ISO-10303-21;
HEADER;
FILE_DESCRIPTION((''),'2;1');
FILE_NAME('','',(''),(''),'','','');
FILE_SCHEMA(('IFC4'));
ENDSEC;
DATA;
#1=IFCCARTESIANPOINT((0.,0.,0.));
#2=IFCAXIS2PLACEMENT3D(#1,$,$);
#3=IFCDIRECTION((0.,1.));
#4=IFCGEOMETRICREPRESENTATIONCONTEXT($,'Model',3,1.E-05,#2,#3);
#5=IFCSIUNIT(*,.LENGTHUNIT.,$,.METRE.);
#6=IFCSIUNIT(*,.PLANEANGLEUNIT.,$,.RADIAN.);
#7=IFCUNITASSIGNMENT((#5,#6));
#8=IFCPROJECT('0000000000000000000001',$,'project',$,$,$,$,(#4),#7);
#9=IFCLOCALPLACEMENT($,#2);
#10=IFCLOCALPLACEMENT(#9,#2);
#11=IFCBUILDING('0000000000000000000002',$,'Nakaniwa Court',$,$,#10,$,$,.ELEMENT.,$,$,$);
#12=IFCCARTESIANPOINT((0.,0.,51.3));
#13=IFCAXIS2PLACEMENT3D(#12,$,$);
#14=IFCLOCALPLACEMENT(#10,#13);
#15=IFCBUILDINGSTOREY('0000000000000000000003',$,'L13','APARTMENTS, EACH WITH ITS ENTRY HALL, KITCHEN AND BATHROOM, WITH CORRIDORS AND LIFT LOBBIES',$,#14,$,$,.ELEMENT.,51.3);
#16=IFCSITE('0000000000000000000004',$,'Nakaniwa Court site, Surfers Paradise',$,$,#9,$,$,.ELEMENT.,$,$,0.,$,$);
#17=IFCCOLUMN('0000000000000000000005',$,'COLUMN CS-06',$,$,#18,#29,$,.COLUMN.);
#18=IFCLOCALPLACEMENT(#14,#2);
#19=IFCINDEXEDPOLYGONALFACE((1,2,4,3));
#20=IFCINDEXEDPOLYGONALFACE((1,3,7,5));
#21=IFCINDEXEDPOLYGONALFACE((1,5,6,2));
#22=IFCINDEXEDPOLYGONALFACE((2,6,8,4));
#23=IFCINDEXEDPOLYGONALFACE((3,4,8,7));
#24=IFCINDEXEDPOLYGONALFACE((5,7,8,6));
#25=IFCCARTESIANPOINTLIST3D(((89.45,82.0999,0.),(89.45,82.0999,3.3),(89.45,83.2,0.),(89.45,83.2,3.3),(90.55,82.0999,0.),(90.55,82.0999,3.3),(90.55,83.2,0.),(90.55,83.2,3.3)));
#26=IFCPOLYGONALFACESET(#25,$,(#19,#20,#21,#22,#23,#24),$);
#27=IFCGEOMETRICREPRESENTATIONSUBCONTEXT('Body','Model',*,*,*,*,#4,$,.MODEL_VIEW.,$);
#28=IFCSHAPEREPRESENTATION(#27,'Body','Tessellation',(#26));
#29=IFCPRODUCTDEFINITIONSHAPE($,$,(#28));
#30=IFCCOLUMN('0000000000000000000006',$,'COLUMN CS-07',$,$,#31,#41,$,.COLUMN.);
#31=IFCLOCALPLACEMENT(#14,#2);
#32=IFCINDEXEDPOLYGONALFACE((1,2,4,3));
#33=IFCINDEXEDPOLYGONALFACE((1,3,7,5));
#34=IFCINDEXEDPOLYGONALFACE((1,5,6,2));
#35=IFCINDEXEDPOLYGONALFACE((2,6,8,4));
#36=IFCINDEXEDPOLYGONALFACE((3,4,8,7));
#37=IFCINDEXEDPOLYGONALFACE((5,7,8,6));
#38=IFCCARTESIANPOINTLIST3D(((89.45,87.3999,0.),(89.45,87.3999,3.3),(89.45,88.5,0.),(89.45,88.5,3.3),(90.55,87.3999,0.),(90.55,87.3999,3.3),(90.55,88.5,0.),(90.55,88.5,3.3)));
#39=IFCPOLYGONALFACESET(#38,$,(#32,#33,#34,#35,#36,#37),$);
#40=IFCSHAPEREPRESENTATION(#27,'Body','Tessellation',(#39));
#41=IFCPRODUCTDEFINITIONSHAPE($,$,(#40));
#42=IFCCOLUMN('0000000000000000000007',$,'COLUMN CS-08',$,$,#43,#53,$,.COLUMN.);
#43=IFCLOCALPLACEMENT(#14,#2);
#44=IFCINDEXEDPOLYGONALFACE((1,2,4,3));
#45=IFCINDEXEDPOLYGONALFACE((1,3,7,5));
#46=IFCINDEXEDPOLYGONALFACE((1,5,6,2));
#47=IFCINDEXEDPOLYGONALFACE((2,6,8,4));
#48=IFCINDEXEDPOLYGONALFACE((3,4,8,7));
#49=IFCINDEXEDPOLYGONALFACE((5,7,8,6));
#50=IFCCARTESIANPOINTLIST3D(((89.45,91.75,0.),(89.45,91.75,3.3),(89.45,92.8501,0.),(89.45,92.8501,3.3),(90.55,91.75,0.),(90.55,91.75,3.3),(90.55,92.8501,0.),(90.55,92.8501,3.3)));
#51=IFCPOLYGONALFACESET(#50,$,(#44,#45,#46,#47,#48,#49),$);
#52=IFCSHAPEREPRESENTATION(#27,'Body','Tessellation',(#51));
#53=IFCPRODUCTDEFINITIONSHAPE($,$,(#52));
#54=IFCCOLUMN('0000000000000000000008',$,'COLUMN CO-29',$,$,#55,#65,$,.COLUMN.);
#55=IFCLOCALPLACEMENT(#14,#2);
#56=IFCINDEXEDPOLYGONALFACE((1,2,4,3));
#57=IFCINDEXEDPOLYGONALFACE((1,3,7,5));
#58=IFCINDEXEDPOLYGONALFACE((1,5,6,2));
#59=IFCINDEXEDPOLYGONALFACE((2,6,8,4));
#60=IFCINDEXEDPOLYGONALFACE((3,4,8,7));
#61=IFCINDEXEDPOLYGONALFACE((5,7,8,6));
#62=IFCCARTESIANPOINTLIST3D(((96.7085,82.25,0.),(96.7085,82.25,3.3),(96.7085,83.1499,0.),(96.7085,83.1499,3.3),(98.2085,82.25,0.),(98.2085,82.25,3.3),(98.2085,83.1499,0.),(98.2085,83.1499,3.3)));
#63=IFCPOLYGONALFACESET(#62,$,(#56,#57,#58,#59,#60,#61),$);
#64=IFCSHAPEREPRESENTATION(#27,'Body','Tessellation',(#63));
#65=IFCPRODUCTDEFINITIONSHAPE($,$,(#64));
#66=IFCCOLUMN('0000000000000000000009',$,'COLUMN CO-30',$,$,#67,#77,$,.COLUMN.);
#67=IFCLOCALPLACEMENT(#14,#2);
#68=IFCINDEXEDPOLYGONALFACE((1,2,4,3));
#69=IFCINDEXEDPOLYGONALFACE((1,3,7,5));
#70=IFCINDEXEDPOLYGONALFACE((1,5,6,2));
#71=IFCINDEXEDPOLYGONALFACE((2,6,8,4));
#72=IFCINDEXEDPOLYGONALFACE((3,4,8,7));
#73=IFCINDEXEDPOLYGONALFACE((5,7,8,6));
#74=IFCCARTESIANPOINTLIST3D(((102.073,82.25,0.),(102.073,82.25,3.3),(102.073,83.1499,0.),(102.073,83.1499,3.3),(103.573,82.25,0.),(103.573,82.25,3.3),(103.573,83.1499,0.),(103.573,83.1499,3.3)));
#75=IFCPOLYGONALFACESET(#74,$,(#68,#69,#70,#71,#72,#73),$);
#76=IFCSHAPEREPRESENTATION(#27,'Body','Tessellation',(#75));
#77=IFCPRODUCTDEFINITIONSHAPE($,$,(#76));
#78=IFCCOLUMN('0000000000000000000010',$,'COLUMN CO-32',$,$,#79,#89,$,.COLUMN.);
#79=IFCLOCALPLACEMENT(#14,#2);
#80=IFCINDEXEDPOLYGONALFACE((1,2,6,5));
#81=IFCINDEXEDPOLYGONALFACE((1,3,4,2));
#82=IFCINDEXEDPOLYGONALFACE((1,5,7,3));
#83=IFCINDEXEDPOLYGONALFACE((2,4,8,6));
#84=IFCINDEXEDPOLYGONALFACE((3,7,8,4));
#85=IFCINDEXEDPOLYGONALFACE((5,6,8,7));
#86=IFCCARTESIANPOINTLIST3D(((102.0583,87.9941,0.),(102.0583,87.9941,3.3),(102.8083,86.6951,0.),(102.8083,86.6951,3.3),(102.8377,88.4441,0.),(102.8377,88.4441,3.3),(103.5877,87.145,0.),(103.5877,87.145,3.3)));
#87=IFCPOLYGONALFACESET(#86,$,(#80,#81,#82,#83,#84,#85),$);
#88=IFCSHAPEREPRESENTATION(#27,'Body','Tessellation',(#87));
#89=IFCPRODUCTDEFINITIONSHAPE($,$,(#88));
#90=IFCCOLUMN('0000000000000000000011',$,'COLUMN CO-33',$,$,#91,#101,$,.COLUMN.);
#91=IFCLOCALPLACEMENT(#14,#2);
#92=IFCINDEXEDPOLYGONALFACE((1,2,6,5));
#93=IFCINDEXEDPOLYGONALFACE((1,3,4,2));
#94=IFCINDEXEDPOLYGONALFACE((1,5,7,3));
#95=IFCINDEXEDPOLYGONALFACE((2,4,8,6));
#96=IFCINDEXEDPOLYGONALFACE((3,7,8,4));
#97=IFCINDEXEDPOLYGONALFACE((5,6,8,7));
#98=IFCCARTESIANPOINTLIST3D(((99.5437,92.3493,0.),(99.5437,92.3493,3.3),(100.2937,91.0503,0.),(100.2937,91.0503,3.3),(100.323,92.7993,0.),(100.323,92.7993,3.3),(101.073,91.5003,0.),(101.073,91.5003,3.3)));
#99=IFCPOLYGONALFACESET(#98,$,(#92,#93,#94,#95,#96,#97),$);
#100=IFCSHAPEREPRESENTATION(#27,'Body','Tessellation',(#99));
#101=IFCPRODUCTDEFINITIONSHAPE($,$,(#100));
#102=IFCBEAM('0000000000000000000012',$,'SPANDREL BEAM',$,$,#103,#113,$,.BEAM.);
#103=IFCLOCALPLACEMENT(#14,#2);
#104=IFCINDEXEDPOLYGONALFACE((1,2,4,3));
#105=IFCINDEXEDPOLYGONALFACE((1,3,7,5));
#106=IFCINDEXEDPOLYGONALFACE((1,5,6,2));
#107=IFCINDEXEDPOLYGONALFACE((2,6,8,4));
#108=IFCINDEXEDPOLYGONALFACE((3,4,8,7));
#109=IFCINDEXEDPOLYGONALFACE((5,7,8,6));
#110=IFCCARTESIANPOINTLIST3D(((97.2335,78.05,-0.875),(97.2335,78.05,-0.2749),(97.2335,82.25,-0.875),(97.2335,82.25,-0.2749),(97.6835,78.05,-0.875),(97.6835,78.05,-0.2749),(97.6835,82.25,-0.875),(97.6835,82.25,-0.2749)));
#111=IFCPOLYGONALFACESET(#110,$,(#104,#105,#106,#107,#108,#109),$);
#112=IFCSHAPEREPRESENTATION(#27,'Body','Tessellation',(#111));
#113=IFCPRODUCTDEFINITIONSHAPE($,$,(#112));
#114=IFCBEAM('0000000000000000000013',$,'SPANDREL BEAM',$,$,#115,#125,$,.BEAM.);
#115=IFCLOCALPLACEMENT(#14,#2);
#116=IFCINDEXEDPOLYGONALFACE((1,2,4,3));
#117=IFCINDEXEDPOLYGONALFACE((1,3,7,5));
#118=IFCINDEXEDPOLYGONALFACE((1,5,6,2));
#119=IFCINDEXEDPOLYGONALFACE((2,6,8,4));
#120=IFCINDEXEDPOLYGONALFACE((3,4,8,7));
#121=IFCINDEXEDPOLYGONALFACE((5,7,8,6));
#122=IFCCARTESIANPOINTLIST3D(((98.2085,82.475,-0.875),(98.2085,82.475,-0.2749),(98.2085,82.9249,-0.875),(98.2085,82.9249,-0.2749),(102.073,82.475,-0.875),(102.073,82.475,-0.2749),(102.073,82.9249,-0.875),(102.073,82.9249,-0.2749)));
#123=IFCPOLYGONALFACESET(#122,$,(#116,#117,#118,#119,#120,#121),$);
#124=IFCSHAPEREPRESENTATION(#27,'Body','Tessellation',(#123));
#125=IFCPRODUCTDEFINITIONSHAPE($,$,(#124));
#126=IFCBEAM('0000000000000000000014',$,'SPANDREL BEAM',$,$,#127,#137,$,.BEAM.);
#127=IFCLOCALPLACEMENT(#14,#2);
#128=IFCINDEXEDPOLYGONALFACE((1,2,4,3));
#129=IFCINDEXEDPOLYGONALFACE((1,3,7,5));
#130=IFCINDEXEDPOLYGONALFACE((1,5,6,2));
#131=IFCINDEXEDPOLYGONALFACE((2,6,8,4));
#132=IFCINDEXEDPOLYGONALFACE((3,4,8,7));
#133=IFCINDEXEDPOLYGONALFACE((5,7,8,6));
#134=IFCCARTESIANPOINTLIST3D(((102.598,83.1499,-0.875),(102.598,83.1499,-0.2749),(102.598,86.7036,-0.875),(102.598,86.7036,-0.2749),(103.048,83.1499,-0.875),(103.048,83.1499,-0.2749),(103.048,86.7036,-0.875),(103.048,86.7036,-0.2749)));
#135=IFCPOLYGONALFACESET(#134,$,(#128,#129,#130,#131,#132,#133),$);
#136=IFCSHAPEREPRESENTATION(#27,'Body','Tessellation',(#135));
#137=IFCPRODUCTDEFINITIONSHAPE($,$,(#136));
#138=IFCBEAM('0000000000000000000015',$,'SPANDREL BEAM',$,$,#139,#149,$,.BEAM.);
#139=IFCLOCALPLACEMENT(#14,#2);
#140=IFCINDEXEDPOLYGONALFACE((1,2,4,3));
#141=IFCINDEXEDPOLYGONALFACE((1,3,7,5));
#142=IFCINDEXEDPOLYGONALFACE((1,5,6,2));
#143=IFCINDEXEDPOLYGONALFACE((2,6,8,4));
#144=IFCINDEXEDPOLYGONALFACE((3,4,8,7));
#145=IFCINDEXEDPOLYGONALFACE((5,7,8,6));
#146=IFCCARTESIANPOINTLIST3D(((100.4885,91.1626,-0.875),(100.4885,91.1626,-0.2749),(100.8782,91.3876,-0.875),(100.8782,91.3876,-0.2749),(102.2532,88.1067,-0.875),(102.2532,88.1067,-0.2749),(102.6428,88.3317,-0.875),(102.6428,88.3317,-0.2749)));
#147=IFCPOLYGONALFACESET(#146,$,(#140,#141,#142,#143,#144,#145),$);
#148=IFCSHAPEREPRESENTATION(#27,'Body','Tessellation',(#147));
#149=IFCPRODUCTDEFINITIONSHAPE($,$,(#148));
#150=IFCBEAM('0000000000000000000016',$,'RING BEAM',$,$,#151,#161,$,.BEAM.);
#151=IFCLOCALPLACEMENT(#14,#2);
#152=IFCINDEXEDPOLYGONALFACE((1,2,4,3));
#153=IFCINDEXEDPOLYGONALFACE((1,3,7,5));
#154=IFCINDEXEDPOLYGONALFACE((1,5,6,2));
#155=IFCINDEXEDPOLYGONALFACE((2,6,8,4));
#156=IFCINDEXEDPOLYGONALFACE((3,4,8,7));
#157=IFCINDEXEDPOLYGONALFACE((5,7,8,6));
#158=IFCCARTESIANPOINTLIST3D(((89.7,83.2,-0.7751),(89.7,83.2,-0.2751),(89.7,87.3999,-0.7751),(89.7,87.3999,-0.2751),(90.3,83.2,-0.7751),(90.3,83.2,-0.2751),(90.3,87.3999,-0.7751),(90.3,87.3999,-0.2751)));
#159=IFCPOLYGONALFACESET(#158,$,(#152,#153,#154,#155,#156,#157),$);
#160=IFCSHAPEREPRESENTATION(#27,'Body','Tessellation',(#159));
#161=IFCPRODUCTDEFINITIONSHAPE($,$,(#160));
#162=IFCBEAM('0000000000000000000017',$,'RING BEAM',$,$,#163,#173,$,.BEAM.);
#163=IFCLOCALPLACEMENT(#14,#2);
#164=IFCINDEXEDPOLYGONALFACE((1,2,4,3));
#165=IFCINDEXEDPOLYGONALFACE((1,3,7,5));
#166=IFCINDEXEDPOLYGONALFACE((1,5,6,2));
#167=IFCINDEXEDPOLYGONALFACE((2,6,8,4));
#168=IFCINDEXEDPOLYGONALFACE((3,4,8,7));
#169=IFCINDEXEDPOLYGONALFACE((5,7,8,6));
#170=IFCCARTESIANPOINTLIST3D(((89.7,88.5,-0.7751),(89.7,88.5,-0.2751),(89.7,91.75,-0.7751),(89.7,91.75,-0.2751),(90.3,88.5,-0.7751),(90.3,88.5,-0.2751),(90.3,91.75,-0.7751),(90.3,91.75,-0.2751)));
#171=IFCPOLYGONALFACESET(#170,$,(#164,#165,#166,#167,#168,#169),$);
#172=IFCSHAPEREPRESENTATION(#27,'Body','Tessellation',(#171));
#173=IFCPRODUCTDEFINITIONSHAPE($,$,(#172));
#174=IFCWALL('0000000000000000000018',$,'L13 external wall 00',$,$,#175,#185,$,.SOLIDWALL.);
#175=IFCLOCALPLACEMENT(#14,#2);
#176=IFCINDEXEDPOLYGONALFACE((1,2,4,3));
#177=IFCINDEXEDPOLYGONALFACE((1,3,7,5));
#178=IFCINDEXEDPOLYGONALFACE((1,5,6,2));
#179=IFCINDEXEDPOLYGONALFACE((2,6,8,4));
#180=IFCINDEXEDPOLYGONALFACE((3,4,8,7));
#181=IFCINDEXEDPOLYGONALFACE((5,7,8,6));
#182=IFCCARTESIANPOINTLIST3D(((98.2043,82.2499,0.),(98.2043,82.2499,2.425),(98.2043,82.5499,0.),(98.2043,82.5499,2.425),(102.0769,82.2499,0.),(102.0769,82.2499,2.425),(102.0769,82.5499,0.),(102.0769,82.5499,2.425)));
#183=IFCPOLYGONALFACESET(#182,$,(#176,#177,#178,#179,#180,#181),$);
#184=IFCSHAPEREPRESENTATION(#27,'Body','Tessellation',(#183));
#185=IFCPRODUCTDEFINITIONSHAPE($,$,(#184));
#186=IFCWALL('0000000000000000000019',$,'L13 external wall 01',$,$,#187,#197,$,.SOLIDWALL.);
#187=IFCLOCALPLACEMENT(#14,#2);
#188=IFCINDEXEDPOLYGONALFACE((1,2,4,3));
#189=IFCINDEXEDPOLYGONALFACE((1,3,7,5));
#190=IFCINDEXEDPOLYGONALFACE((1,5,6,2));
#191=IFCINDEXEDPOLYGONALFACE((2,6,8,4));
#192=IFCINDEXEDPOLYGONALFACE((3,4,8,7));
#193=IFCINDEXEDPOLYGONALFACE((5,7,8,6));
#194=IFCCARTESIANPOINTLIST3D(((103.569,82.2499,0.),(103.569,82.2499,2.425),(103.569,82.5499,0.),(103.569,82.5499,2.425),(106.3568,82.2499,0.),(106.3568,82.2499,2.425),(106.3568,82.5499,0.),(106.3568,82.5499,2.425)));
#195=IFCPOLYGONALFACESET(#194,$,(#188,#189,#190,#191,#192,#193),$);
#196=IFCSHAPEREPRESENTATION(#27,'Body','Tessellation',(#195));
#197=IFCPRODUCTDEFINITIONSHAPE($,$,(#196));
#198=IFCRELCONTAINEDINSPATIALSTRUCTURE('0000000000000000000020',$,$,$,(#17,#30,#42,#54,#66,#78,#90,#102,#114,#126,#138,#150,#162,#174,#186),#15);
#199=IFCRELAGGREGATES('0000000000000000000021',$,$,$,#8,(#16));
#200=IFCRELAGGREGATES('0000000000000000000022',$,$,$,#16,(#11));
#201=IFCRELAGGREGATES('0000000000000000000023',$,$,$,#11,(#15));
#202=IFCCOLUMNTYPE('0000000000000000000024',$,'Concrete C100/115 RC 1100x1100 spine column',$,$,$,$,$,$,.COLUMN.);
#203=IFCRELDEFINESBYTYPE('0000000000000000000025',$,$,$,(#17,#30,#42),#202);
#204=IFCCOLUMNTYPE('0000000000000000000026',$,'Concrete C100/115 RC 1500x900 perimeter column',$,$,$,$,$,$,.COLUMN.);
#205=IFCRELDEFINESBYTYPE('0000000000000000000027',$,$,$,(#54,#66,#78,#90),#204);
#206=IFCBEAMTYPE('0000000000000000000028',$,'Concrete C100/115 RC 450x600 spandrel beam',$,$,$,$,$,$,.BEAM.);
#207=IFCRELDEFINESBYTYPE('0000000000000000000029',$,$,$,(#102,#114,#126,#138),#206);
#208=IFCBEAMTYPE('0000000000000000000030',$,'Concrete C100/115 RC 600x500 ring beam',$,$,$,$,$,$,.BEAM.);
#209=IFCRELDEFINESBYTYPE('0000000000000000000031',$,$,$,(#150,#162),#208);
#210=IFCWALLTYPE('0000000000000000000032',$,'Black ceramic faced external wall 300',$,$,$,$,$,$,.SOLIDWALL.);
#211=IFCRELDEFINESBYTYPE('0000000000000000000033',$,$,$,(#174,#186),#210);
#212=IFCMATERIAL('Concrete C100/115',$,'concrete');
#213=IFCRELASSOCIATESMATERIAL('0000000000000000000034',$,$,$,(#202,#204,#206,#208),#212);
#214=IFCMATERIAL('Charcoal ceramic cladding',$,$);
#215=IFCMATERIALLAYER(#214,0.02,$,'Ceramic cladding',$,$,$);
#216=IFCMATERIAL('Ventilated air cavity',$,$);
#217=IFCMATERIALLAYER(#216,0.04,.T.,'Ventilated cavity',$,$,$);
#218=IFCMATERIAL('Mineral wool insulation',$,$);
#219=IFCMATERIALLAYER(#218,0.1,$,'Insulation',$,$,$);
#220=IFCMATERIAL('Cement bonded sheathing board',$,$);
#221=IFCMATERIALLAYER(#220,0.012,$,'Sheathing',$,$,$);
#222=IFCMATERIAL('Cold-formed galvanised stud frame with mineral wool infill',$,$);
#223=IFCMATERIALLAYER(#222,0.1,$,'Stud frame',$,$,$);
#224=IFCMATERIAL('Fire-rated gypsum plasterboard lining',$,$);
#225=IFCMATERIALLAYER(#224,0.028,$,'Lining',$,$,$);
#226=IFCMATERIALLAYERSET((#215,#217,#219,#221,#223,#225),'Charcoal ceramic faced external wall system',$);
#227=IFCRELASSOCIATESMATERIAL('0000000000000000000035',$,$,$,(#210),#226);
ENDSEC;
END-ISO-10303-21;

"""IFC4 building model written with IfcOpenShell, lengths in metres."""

from ifc_helpers import new_model, si_unit, direction, frame, frame_2d, origin, origin_2d, place, context, subcontext, project, spatial, rectangle, extrude, material, layer, layer_set, material_profile, profile_set, type_object, element, save


model = new_model("IFC4")

# Units and contexts
model_context = context("Model", 3, precision=1e-05, world=origin(), true_north=direction((0.0, 1.0)))
body_context = subcontext(model_context, "Body", "Model", "MODEL_VIEW")
ifc_project = project(units=[si_unit("LENGTHUNIT", "METRE"), si_unit("PLANEANGLEUNIT", "RADIAN")], contexts=[model_context])

# Site, building, storey
site_placement = place(None, origin())
site = spatial("IfcSite", under=ifc_project, at=site_placement, Name="Nakaniwa Court site, Surfers Paradise", CompositionType="ELEMENT", RefElevation=0.0)
building_placement = place(site_placement, origin())
building = spatial("IfcBuilding", under=site, at=building_placement, Name="Nakaniwa Court", CompositionType="ELEMENT")
storey_placement = place(building_placement, frame((0.0, 0.0, 51.3)))
storey = spatial("IfcBuildingStorey", under=building, at=storey_placement, Name="L13", Description="APARTMENTS, EACH WITH ITS ENTRY HALL, KITCHEN AND BATHROOM, WITH CORRIDORS AND LIFT LOBBIES", CompositionType="ELEMENT", Elevation=51.3)

# Columns
ifc_material_1 = material(Name="Concrete C100/115", Category="concrete")
ifc_material_profile_1 = material_profile(ifc_material_1, rectangle(XDim=1.1001, YDim=1.1001, at=origin_2d()), Name="Concrete C100/115 RC 1100x1100 spine column")
ifc_profile_set_1 = profile_set([ifc_material_profile_1], Name="Concrete C100/115")
column_type_1 = type_object("IfcColumnType", Name="Concrete C100/115 RC 1100x1100 spine column", PredefinedType="COLUMN", material=ifc_profile_set_1)
for number, where, z_axis, x_axis, name in (
    (1, (90.0, 82.6499, 0.0), (0.0, 0.0, 1.0), (0.0, 1.0, 0.0), "COLUMN CS-06"),
    (2, (90.0, 87.95, 0.0), (0.0, 0.0, 1.0), (0.0, 1.0, 0.0), "COLUMN CS-07"),
    (3, (90.0, 92.3, 0.0), (0.0, 0.0, 1.0), (0.0, 1.0, 0.0), "COLUMN CS-08"),
):
    element("IfcColumn", number, at=place(storey_placement, frame(where, z_axis=z_axis, x_axis=x_axis)), inside=storey, type_object=column_type_1, Name=name, PredefinedType="COLUMN", context=body_context, shape_type="SweptSolid", body=[
        extrude(rectangle(XDim=1.1001, YDim=1.1001, at=origin_2d()), origin(), (0.0, 0.0, 1.0), 3.3),
    ])
ifc_material_profile_2 = material_profile(ifc_material_1, rectangle(XDim=1.5, YDim=0.8999, at=origin_2d()), Name="Concrete C100/115 RC 1500x900 perimeter column")
ifc_profile_set_2 = profile_set([ifc_material_profile_2], Name="Concrete C100/115")
column_type_2 = type_object("IfcColumnType", Name="Concrete C100/115 RC 1500x900 perimeter column", PredefinedType="COLUMN", material=ifc_profile_set_2)
for number, where, z_axis, x_axis, name in (
    (4, (97.4585, 82.7, 0.0), (0.0, 0.0, 1.0), (1.0, 0.0, 0.0), "COLUMN CO-29"),
    (5, (102.823, 82.7, 0.0), (0.0, 0.0, 1.0), (1.0, 0.0, 0.0), "COLUMN CO-30"),
    (6, (102.823, 87.5696, 0.0), (0.0, 0.0, 1.0), (-0.5, 0.866025, 0.0), "COLUMN CO-32"),
    (7, (100.3083, 91.9248, 0.0), (0.0, 0.0, 1.0), (-0.5, 0.866025, 0.0), "COLUMN CO-33"),
):
    element("IfcColumn", number, at=place(storey_placement, frame(where, z_axis=z_axis, x_axis=x_axis)), inside=storey, type_object=column_type_2, Name=name, PredefinedType="COLUMN", context=body_context, shape_type="SweptSolid", body=[
        extrude(rectangle(XDim=1.5, YDim=0.8999, at=origin_2d()), origin(), (0.0, 0.0, 1.0), 3.3),
    ])

# Beams
ifc_material_profile_3 = material_profile(ifc_material_1, rectangle(XDim=0.45, YDim=0.6001, at=origin_2d()), Name="Concrete C100/115 RC 450x600 spandrel beam")
ifc_profile_set_3 = profile_set([ifc_material_profile_3], Name="Concrete C100/115")
beam_type_1 = type_object("IfcBeamType", Name="Concrete C100/115 RC 450x600 spandrel beam", PredefinedType="BEAM", material=ifc_profile_set_3)
beam_1_placement = place(storey_placement, frame((97.4585, 78.05, -0.575), z_axis=(0.0, 1.0, 0.0), x_axis=(-1.0, 0.0, 0.0)))
element("IfcBeam", 8, at=beam_1_placement, inside=storey, type_object=beam_type_1, Name="SPANDREL BEAM", PredefinedType="BEAM", context=body_context, shape_type="SweptSolid", body=[
    extrude(rectangle(XDim=0.45, YDim=0.6001, at=origin_2d()), origin(), (0.0, 0.0, 1.0), 4.2),
])
beam_2_placement = place(storey_placement, frame((98.2085, 82.7, -0.575), z_axis=(1.0, 0.0, 0.0), x_axis=(0.0, 1.0, 0.0)))
element("IfcBeam", 9, at=beam_2_placement, inside=storey, type_object=beam_type_1, Name="SPANDREL BEAM", PredefinedType="BEAM", context=body_context, shape_type="SweptSolid", body=[
    extrude(rectangle(XDim=0.45, YDim=0.6001, at=origin_2d()), origin(), (0.0, 0.0, 1.0), 3.8645),
])
beam_3_placement = place(storey_placement, frame((102.823, 83.1499, -0.575), z_axis=(0.0, 1.0, 0.0), x_axis=(-1.0, 0.0, 0.0)))
element("IfcBeam", 10, at=beam_3_placement, inside=storey, type_object=beam_type_1, Name="SPANDREL BEAM", PredefinedType="BEAM", context=body_context, shape_type="SweptSolid", body=[
    extrude(rectangle(XDim=0.45, YDim=0.6001, at=origin_2d()), origin(), (0.0, 0.0, 1.0), 3.5537),
])
beam_4_placement = place(storey_placement, frame((102.448, 88.2192, -0.575), z_axis=(-0.500068, 0.865986, 0.0), x_axis=(-0.865986, -0.500068, 0.0)))
element("IfcBeam", 11, at=beam_4_placement, inside=storey, type_object=beam_type_1, Name="SPANDREL BEAM", PredefinedType="BEAM", context=body_context, shape_type="SweptSolid", body=[
    extrude(rectangle(XDim=0.45, YDim=0.6001, at=origin_2d()), origin(), (0.0, 0.0, 1.0), 3.5288),
])
ifc_material_profile_4 = material_profile(ifc_material_1, rectangle(XDim=0.6001, YDim=0.5, at=origin_2d()), Name="Concrete C100/115 RC 600x500 ring beam")
ifc_profile_set_4 = profile_set([ifc_material_profile_4], Name="Concrete C100/115")
beam_type_2 = type_object("IfcBeamType", Name="Concrete C100/115 RC 600x500 ring beam", PredefinedType="BEAM", material=ifc_profile_set_4)
beam_5_placement = place(storey_placement, frame((90.0, 83.2, -0.5251), z_axis=(0.0, 1.0, 0.0), x_axis=(-1.0, 0.0, 0.0)))
element("IfcBeam", 12, at=beam_5_placement, inside=storey, type_object=beam_type_2, Name="RING BEAM", PredefinedType="BEAM", context=body_context, shape_type="SweptSolid", body=[
    extrude(rectangle(XDim=0.6001, YDim=0.5, at=origin_2d()), origin(), (0.0, 0.0, 1.0), 4.2),
])
beam_6_placement = place(storey_placement, frame((90.0, 88.5, -0.5251), z_axis=(0.0, 1.0, 0.0), x_axis=(-1.0, 0.0, 0.0)))
element("IfcBeam", 13, at=beam_6_placement, inside=storey, type_object=beam_type_2, Name="RING BEAM", PredefinedType="BEAM", context=body_context, shape_type="SweptSolid", body=[
    extrude(rectangle(XDim=0.6001, YDim=0.5, at=origin_2d()), origin(), (0.0, 0.0, 1.0), 3.25),
])

# Walls
ifc_material_2 = material(Name="Charcoal ceramic cladding")
ifc_layer_1 = layer(ifc_material_2, 0.02, Name="Ceramic cladding")
ifc_material_3 = material(Name="Ventilated air cavity")
ifc_layer_2 = layer(ifc_material_3, 0.04, ventilated=True, Name="Ventilated cavity")
ifc_material_4 = material(Name="Mineral wool insulation")
ifc_layer_3 = layer(ifc_material_4, 0.1, Name="Insulation")
ifc_material_5 = material(Name="Cement bonded sheathing board")
ifc_layer_4 = layer(ifc_material_5, 0.012, Name="Sheathing")
ifc_material_6 = material(Name="Cold-formed galvanised stud frame with mineral wool infill")
ifc_layer_5 = layer(ifc_material_6, 0.1, Name="Stud frame")
ifc_material_7 = material(Name="Fire-rated gypsum plasterboard lining")
ifc_layer_6 = layer(ifc_material_7, 0.028, Name="Lining")
ifc_layer_set_1 = layer_set([ifc_layer_1, ifc_layer_2, ifc_layer_3, ifc_layer_4, ifc_layer_5, ifc_layer_6], Name="Charcoal ceramic faced external wall system")
wall_type_1 = type_object("IfcWallType", Name="Black ceramic faced external wall 300", PredefinedType="SOLIDWALL", material=ifc_layer_set_1)
wall_1_placement = place(storey_placement, frame((98.2043, 82.3999, 0.0), z_axis=(0.0, 0.0, 1.0), x_axis=(1.0, 0.0, 0.0)))
element("IfcWall", 14, at=wall_1_placement, inside=storey, type_object=wall_type_1, Name="L13 external wall 00", PredefinedType="SOLIDWALL", context=body_context, shape_type="SweptSolid", body=[
    extrude(rectangle(XDim=3.8726, YDim=0.3, at=frame_2d((1.9363, 0.0))), origin(), (0.0, 0.0, 1.0), 2.425),
])
wall_2_placement = place(storey_placement, frame((103.5688, 82.3999, 0.0), z_axis=(0.0, 0.0, 1.0), x_axis=(1.0, 0.0, 0.0)))
element("IfcWall", 15, at=wall_2_placement, inside=storey, type_object=wall_type_1, Name="L13 external wall 01", PredefinedType="SOLIDWALL", context=body_context, shape_type="SweptSolid", body=[
    extrude(rectangle(XDim=2.7878, YDim=0.3, at=frame_2d((1.394, 0.0))), origin(), (0.0, 0.0, 1.0), 2.425),
])

save(model, "model.ifc")
